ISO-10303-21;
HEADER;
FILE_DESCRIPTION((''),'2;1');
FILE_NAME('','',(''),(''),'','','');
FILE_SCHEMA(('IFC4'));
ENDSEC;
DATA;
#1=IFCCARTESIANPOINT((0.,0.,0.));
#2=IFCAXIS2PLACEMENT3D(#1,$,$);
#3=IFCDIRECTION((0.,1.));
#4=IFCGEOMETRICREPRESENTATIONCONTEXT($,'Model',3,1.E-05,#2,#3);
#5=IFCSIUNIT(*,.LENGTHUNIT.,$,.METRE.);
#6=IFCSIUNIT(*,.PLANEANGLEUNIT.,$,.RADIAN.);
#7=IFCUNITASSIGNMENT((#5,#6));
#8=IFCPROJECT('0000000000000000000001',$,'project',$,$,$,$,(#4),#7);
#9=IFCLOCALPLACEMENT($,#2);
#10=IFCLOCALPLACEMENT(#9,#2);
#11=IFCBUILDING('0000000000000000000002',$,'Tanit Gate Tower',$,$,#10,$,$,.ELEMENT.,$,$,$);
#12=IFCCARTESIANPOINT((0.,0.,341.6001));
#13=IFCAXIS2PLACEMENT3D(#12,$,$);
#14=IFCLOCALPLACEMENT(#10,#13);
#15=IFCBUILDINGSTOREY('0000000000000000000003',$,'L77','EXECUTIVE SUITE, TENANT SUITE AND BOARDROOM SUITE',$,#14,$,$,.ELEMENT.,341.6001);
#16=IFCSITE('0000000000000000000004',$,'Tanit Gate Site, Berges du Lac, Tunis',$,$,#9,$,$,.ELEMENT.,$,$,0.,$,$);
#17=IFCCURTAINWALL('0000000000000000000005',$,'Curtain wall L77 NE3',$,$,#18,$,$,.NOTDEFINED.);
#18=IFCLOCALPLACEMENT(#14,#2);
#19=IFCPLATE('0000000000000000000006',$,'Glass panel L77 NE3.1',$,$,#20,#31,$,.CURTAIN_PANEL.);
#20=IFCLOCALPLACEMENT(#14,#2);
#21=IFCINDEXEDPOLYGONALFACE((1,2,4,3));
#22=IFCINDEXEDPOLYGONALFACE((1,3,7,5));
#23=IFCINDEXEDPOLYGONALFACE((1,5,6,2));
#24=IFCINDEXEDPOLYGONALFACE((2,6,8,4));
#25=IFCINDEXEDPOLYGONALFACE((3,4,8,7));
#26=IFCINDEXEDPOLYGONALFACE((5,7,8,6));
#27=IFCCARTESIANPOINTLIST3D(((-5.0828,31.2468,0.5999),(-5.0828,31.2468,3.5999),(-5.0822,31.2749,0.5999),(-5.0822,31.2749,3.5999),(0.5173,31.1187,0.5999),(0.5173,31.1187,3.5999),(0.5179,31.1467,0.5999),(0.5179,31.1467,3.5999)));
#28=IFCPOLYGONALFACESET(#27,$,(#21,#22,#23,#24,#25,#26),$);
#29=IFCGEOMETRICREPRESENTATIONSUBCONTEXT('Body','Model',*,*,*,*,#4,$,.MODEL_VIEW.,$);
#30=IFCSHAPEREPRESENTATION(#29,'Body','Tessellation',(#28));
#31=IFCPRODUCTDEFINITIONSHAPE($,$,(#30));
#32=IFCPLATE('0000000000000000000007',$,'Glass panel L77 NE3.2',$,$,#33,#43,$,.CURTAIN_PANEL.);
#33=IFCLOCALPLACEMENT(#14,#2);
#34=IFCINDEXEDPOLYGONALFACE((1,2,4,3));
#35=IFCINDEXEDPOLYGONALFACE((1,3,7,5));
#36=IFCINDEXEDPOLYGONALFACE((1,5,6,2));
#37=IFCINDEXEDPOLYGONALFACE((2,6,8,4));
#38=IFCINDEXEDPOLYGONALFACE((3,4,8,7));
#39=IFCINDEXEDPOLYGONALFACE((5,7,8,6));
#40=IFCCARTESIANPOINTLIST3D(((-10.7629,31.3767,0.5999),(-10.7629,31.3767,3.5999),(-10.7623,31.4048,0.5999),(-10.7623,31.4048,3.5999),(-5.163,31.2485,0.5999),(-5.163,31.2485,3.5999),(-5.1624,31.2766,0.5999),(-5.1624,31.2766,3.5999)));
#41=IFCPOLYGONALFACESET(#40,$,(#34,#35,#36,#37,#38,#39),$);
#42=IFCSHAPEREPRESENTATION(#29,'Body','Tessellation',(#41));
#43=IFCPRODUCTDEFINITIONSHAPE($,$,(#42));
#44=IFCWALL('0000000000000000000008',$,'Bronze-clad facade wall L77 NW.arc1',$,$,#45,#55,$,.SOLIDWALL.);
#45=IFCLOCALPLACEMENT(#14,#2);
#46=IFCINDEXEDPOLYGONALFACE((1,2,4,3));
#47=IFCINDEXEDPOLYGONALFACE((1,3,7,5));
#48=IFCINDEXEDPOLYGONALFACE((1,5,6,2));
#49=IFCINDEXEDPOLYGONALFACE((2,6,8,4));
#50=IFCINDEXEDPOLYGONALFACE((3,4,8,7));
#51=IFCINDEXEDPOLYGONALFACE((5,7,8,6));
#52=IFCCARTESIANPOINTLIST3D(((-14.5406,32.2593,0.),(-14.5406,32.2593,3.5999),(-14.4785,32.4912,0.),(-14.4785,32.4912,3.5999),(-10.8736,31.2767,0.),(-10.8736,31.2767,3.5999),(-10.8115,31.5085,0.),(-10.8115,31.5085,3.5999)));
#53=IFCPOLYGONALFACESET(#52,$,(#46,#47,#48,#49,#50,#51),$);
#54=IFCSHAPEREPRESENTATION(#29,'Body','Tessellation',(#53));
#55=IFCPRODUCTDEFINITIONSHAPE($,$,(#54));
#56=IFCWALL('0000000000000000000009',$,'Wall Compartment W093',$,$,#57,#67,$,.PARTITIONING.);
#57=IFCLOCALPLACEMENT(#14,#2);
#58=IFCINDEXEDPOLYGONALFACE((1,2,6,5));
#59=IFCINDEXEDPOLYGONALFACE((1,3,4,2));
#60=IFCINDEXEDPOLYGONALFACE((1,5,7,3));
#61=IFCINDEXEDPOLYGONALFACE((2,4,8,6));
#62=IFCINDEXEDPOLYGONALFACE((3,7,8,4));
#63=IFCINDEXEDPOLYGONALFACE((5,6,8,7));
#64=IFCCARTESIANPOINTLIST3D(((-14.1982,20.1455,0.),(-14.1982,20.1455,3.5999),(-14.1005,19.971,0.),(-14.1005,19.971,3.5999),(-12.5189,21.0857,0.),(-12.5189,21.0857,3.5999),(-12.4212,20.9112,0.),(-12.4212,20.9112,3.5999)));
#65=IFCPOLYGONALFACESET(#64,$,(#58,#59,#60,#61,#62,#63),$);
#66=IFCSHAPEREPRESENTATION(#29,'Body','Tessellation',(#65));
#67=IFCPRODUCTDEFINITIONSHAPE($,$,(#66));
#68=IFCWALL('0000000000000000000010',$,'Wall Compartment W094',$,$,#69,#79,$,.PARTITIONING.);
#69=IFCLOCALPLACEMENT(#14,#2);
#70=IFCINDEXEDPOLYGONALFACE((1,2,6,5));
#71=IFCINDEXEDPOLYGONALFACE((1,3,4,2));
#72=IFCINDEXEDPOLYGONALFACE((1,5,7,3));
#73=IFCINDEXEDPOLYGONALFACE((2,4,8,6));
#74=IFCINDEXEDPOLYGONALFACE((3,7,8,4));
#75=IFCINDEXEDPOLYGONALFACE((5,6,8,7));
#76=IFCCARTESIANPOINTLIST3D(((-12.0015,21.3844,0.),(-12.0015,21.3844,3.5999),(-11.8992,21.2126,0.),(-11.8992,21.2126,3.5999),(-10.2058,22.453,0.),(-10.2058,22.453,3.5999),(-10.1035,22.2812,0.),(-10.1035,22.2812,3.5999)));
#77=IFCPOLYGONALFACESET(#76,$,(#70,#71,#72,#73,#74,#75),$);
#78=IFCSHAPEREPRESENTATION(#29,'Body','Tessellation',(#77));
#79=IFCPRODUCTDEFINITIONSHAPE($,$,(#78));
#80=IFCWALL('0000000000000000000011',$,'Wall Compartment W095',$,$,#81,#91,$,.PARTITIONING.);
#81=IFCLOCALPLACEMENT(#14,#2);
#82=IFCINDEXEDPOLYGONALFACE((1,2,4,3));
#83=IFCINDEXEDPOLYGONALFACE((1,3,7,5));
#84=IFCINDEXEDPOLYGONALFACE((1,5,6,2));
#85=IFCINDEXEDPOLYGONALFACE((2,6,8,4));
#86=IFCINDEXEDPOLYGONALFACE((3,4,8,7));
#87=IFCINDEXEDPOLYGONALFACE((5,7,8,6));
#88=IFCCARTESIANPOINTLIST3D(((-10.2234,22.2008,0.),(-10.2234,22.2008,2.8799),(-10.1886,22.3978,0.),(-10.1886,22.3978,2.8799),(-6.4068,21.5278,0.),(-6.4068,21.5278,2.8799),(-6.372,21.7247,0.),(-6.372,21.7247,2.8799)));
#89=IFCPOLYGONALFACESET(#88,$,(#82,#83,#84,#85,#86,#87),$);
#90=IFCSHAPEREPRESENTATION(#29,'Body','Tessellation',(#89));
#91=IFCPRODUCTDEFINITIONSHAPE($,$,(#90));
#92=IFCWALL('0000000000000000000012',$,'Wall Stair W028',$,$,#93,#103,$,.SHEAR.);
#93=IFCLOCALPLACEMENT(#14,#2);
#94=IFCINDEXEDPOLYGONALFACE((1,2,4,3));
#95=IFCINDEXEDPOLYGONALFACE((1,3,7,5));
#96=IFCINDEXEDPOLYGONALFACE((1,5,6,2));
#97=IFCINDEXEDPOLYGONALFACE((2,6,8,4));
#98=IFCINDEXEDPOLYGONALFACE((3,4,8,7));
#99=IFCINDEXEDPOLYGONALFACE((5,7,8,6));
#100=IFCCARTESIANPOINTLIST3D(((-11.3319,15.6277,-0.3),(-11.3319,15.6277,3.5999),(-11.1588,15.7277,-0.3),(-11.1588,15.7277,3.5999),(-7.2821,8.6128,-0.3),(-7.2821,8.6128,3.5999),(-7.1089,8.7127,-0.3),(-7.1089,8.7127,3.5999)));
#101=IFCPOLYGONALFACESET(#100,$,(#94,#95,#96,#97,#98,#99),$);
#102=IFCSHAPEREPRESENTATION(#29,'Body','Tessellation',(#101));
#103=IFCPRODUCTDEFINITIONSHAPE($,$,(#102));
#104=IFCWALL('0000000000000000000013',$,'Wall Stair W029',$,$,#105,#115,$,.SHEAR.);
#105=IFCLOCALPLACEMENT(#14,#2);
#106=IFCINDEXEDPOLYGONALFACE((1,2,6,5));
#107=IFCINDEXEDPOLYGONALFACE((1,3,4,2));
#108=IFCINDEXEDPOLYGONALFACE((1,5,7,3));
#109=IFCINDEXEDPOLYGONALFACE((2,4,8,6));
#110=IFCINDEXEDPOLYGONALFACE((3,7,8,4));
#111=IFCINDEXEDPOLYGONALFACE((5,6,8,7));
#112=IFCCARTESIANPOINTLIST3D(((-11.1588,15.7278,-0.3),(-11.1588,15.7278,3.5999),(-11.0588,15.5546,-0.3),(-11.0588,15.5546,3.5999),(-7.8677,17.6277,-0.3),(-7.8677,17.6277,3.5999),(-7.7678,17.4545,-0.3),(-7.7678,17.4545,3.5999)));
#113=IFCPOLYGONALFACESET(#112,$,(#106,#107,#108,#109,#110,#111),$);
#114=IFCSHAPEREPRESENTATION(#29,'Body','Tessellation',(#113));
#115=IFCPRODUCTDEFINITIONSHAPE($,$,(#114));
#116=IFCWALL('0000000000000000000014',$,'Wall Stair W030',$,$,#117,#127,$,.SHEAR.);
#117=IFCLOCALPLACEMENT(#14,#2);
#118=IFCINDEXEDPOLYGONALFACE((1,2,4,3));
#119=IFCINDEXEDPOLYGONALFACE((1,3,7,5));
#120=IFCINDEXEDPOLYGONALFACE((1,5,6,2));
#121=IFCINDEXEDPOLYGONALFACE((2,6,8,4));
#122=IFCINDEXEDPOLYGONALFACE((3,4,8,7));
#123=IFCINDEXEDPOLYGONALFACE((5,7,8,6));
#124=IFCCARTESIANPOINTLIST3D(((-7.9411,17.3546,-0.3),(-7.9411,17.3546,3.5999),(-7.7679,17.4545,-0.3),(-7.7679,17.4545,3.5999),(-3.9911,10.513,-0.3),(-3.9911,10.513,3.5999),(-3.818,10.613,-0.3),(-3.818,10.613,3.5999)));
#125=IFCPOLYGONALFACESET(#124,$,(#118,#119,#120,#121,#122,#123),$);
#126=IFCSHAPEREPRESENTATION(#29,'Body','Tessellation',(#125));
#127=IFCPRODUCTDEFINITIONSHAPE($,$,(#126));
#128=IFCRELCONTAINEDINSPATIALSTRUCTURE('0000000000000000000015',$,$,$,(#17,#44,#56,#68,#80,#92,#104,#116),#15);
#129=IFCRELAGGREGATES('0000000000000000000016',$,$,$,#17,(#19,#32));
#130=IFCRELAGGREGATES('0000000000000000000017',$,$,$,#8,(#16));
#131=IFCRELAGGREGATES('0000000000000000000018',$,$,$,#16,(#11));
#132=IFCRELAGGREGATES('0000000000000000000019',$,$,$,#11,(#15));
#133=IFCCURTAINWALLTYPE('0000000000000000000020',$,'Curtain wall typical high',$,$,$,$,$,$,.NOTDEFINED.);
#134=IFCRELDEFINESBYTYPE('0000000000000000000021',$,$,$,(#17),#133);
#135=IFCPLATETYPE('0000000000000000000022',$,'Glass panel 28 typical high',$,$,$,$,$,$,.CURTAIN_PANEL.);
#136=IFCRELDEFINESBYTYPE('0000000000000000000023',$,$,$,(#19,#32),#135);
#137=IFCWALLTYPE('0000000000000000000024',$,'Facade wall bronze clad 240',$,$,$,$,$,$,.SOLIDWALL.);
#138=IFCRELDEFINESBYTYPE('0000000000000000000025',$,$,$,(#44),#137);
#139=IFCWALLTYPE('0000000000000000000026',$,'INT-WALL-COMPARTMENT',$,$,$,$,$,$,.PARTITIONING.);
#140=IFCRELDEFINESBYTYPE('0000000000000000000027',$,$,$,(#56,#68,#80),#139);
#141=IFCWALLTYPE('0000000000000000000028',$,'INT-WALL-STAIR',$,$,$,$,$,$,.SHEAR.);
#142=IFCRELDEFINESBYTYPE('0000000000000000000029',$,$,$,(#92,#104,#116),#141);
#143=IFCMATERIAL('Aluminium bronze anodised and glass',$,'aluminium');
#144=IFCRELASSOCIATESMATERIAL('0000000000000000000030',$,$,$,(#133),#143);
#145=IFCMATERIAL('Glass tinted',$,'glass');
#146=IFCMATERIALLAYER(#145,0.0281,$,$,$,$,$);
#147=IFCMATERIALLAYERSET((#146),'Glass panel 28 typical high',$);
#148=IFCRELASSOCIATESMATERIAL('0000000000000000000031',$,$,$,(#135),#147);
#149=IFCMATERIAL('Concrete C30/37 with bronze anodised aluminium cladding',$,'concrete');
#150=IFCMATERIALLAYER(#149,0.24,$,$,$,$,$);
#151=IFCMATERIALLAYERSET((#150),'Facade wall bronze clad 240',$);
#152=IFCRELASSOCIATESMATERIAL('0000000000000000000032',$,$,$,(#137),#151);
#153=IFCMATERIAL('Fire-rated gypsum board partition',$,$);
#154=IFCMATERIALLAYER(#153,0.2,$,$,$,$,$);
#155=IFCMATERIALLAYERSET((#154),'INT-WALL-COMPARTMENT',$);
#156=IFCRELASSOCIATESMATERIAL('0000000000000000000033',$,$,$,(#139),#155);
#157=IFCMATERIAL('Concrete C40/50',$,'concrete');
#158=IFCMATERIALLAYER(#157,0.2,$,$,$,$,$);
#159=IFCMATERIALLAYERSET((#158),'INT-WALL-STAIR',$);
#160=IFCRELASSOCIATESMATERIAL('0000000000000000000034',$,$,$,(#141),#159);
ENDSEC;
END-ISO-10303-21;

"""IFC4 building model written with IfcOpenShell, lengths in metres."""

from ifc_helpers import new_model, si_unit, direction, frame, frame_2d, origin, origin_2d, place, context, subcontext, project, spatial, rectangle, extrude, material, layer, layer_set, type_object, element, aggregate, save


model = new_model("IFC4")

# Units and contexts
model_context = context("Model", 3, precision=1e-05, world=origin(), true_north=direction((0.0, 1.0)))
body_context = subcontext(model_context, "Body", "Model", "MODEL_VIEW")
ifc_project = project(units=[si_unit("LENGTHUNIT", "METRE"), si_unit("PLANEANGLEUNIT", "RADIAN")], contexts=[model_context])

# Site, building, storey
site_placement = place(None, origin())
site = spatial("IfcSite", under=ifc_project, at=site_placement, Name="Tanit Gate Site, Berges du Lac, Tunis", CompositionType="ELEMENT", RefElevation=0.0)
building_placement = place(site_placement, origin())
building = spatial("IfcBuilding", under=site, at=building_placement, Name="Tanit Gate Tower", CompositionType="ELEMENT")
storey_placement = place(building_placement, frame((0.0, 0.0, 341.6001)))
storey = spatial("IfcBuildingStorey", under=building, at=storey_placement, Name="L77", Description="EXECUTIVE SUITE, TENANT SUITE AND BOARDROOM SUITE", CompositionType="ELEMENT", Elevation=341.6001)

# Curtain wall
ifc_material_1 = material(Name="Aluminium bronze anodised and glass", Category="aluminium")
curtain_wall_type = type_object("IfcCurtainWallType", Name="Curtain wall typical high", PredefinedType="NOTDEFINED", material=ifc_material_1)
curtain_wall_placement = place(storey_placement, origin())
curtain_wall = element("IfcCurtainWall", 1, at=curtain_wall_placement, inside=storey, type_object=curtain_wall_type, Name="Curtain wall L77 NE3", PredefinedType="NOTDEFINED")

# Plates
ifc_material_2 = material(Name="Glass tinted", Category="glass")
ifc_layer_1 = layer(ifc_material_2, 0.0281)
ifc_layer_set_1 = layer_set([ifc_layer_1], Name="Glass panel 28 typical high")
plate_type = type_object("IfcPlateType", Name="Glass panel 28 typical high", PredefinedType="CURTAIN_PANEL", material=ifc_layer_set_1)
plate_1_placement = place(storey_placement, frame((-2.2825, 31.1968, 0.5999), z_axis=(0.0, 0.0, 1.0), x_axis=(-0.999738, 0.02288, 0.0)))
plate_1 = element("IfcPlate", 2, at=plate_1_placement, type_object=plate_type, Name="Glass panel L77 NE3.1", PredefinedType="CURTAIN_PANEL", context=body_context, shape_type="SweptSolid", body=[
    extrude(rectangle(XDim=5.6016, YDim=0.0281, at=origin_2d()), origin(), (0.0, 0.0, 1.0), 3.0),
])
plate_2_placement = place(storey_placement, frame((-7.9626, 31.3267, 0.5999), z_axis=(0.0, 0.0, 1.0), x_axis=(-0.999738, 0.02288, 0.0)))
plate_2 = element("IfcPlate", 3, at=plate_2_placement, type_object=plate_type, Name="Glass panel L77 NE3.2", PredefinedType="CURTAIN_PANEL", context=body_context, shape_type="SweptSolid", body=[
    extrude(rectangle(XDim=5.6013, YDim=0.0281, at=origin_2d()), origin(), (0.0, 0.0, 1.0), 3.0),
])
aggregate(curtain_wall, [plate_1, plate_2])

# Walls
ifc_material_3 = material(Name="Concrete C30/37 with bronze anodised aluminium cladding", Category="concrete")
ifc_layer_2 = layer(ifc_material_3, 0.24)
ifc_layer_set_2 = layer_set([ifc_layer_2], Name="Facade wall bronze clad 240")
wall_type_1 = type_object("IfcWallType", Name="Facade wall bronze clad 240", PredefinedType="SOLIDWALL", material=ifc_layer_set_2)
wall_1_placement = place(storey_placement, frame((-10.8425, 31.3926, 0.0), z_axis=(0.0, 0.0, 1.0), x_axis=(-0.965919, 0.258843, 0.0)))
element("IfcWall", 4, at=wall_1_placement, inside=storey, type_object=wall_type_1, Name="Bronze-clad facade wall L77 NW.arc1", PredefinedType="SOLIDWALL", context=body_context, shape_type="SweptSolid", body=[
    extrude(rectangle(XDim=3.7964, YDim=0.24, at=frame_2d((1.8982, 0.0))), origin(), (0.0, 0.0, 1.0), 3.5999),
])
ifc_material_4 = material(Name="Fire-rated gypsum board partition")
ifc_layer_3 = layer(ifc_material_4, 0.2)
ifc_layer_set_3 = layer_set([ifc_layer_3], Name="INT-WALL-COMPARTMENT")
wall_type_2 = type_object("IfcWallType", Name="INT-WALL-COMPARTMENT", PredefinedType="PARTITIONING", material=ifc_layer_set_3)
wall_2_placement = place(storey_placement, frame((-12.47, 20.9985, 0.0), z_axis=(0.0, 0.0, 1.0), x_axis=(-0.872543, -0.488538, 0.0)))
element("IfcWall", 5, at=wall_2_placement, inside=storey, type_object=wall_type_2, Name="Wall Compartment W093", PredefinedType="PARTITIONING", context=body_context, shape_type="SweptSolid", body=[
    extrude(rectangle(XDim=1.9246, YDim=0.2, at=frame_2d((0.9624, 0.0))), origin(), (0.0, 0.0, 1.0), 3.5999),
])
wall_3_placement = place(storey_placement, frame((-10.1545, 22.3672, 0.0), z_axis=(0.0, 0.0, 1.0), x_axis=(-0.859343, -0.5114, 0.0)))
element("IfcWall", 6, at=wall_3_placement, inside=storey, type_object=wall_type_2, Name="Wall Compartment W094", PredefinedType="PARTITIONING", context=body_context, shape_type="SweptSolid", body=[
    extrude(rectangle(XDim=2.0896, YDim=0.2, at=frame_2d((1.0449, 0.0))), origin(), (0.0, 0.0, 1.0), 3.5999),
])
wall_4_placement = place(storey_placement, frame((-6.3894, 21.6262, 0.0), z_axis=(0.0, 0.0, 1.0), x_axis=(-0.984803, 0.173678, 0.0)))
element("IfcWall", 7, at=wall_4_placement, inside=storey, type_object=wall_type_2, Name="Wall Compartment W095", PredefinedType="PARTITIONING", context=body_context, shape_type="SweptSolid", body=[
    extrude(rectangle(XDim=3.8755, YDim=0.2, at=frame_2d((1.9377, 0.0))), origin(), (0.0, 0.0, 1.0), 2.8799),
])
ifc_material_5 = material(Name="Concrete C40/50", Category="concrete")
ifc_layer_4 = layer(ifc_material_5, 0.2)
ifc_layer_set_4 = layer_set([ifc_layer_4], Name="INT-WALL-STAIR")
wall_type_3 = type_object("IfcWallType", Name="INT-WALL-STAIR", PredefinedType="SHEAR", material=ifc_layer_set_4)
wall_5_placement = place(storey_placement, frame((-11.2454, 15.6777, -0.3), z_axis=(0.0, 0.0, 1.0), x_axis=(0.499977, -0.866039, 0.0)))
element("IfcWall", 8, at=wall_5_placement, inside=storey, type_object=wall_type_3, Name="Wall Stair W028", PredefinedType="SHEAR", context=body_context, shape_type="SweptSolid", body=[
    extrude(rectangle(XDim=8.1001, YDim=0.2, at=frame_2d((4.05, 0.0))), origin(), (0.0, 0.0, 1.0), 3.8999),
])
wall_6_placement = place(storey_placement, frame((-7.8179, 17.541, -0.3), z_axis=(0.0, 0.0, 1.0), x_axis=(-0.866044, -0.499967, 0.0)))
element("IfcWall", 9, at=wall_6_placement, inside=storey, type_object=wall_type_3, Name="Wall Stair W029", PredefinedType="SHEAR", context=body_context, shape_type="SweptSolid", body=[
    extrude(rectangle(XDim=3.8, YDim=0.2, at=frame_2d((1.8999, 0.0))), origin(), (0.0, 0.0, 1.0), 3.8999),
])
wall_7_placement = place(storey_placement, frame((-7.8545, 17.4045, -0.3), z_axis=(0.0, 0.0, 1.0), x_axis=(0.499998, -0.866027, 0.0)))
element("IfcWall", 10, at=wall_7_placement, inside=storey, type_object=wall_type_3, Name="Wall Stair W030", PredefinedType="SHEAR", context=body_context, shape_type="SweptSolid", body=[
    extrude(rectangle(XDim=7.8999, YDim=0.2, at=frame_2d((3.95, 0.0))), origin(), (0.0, 0.0, 1.0), 3.8999),
])

save(model, "model.ifc")
